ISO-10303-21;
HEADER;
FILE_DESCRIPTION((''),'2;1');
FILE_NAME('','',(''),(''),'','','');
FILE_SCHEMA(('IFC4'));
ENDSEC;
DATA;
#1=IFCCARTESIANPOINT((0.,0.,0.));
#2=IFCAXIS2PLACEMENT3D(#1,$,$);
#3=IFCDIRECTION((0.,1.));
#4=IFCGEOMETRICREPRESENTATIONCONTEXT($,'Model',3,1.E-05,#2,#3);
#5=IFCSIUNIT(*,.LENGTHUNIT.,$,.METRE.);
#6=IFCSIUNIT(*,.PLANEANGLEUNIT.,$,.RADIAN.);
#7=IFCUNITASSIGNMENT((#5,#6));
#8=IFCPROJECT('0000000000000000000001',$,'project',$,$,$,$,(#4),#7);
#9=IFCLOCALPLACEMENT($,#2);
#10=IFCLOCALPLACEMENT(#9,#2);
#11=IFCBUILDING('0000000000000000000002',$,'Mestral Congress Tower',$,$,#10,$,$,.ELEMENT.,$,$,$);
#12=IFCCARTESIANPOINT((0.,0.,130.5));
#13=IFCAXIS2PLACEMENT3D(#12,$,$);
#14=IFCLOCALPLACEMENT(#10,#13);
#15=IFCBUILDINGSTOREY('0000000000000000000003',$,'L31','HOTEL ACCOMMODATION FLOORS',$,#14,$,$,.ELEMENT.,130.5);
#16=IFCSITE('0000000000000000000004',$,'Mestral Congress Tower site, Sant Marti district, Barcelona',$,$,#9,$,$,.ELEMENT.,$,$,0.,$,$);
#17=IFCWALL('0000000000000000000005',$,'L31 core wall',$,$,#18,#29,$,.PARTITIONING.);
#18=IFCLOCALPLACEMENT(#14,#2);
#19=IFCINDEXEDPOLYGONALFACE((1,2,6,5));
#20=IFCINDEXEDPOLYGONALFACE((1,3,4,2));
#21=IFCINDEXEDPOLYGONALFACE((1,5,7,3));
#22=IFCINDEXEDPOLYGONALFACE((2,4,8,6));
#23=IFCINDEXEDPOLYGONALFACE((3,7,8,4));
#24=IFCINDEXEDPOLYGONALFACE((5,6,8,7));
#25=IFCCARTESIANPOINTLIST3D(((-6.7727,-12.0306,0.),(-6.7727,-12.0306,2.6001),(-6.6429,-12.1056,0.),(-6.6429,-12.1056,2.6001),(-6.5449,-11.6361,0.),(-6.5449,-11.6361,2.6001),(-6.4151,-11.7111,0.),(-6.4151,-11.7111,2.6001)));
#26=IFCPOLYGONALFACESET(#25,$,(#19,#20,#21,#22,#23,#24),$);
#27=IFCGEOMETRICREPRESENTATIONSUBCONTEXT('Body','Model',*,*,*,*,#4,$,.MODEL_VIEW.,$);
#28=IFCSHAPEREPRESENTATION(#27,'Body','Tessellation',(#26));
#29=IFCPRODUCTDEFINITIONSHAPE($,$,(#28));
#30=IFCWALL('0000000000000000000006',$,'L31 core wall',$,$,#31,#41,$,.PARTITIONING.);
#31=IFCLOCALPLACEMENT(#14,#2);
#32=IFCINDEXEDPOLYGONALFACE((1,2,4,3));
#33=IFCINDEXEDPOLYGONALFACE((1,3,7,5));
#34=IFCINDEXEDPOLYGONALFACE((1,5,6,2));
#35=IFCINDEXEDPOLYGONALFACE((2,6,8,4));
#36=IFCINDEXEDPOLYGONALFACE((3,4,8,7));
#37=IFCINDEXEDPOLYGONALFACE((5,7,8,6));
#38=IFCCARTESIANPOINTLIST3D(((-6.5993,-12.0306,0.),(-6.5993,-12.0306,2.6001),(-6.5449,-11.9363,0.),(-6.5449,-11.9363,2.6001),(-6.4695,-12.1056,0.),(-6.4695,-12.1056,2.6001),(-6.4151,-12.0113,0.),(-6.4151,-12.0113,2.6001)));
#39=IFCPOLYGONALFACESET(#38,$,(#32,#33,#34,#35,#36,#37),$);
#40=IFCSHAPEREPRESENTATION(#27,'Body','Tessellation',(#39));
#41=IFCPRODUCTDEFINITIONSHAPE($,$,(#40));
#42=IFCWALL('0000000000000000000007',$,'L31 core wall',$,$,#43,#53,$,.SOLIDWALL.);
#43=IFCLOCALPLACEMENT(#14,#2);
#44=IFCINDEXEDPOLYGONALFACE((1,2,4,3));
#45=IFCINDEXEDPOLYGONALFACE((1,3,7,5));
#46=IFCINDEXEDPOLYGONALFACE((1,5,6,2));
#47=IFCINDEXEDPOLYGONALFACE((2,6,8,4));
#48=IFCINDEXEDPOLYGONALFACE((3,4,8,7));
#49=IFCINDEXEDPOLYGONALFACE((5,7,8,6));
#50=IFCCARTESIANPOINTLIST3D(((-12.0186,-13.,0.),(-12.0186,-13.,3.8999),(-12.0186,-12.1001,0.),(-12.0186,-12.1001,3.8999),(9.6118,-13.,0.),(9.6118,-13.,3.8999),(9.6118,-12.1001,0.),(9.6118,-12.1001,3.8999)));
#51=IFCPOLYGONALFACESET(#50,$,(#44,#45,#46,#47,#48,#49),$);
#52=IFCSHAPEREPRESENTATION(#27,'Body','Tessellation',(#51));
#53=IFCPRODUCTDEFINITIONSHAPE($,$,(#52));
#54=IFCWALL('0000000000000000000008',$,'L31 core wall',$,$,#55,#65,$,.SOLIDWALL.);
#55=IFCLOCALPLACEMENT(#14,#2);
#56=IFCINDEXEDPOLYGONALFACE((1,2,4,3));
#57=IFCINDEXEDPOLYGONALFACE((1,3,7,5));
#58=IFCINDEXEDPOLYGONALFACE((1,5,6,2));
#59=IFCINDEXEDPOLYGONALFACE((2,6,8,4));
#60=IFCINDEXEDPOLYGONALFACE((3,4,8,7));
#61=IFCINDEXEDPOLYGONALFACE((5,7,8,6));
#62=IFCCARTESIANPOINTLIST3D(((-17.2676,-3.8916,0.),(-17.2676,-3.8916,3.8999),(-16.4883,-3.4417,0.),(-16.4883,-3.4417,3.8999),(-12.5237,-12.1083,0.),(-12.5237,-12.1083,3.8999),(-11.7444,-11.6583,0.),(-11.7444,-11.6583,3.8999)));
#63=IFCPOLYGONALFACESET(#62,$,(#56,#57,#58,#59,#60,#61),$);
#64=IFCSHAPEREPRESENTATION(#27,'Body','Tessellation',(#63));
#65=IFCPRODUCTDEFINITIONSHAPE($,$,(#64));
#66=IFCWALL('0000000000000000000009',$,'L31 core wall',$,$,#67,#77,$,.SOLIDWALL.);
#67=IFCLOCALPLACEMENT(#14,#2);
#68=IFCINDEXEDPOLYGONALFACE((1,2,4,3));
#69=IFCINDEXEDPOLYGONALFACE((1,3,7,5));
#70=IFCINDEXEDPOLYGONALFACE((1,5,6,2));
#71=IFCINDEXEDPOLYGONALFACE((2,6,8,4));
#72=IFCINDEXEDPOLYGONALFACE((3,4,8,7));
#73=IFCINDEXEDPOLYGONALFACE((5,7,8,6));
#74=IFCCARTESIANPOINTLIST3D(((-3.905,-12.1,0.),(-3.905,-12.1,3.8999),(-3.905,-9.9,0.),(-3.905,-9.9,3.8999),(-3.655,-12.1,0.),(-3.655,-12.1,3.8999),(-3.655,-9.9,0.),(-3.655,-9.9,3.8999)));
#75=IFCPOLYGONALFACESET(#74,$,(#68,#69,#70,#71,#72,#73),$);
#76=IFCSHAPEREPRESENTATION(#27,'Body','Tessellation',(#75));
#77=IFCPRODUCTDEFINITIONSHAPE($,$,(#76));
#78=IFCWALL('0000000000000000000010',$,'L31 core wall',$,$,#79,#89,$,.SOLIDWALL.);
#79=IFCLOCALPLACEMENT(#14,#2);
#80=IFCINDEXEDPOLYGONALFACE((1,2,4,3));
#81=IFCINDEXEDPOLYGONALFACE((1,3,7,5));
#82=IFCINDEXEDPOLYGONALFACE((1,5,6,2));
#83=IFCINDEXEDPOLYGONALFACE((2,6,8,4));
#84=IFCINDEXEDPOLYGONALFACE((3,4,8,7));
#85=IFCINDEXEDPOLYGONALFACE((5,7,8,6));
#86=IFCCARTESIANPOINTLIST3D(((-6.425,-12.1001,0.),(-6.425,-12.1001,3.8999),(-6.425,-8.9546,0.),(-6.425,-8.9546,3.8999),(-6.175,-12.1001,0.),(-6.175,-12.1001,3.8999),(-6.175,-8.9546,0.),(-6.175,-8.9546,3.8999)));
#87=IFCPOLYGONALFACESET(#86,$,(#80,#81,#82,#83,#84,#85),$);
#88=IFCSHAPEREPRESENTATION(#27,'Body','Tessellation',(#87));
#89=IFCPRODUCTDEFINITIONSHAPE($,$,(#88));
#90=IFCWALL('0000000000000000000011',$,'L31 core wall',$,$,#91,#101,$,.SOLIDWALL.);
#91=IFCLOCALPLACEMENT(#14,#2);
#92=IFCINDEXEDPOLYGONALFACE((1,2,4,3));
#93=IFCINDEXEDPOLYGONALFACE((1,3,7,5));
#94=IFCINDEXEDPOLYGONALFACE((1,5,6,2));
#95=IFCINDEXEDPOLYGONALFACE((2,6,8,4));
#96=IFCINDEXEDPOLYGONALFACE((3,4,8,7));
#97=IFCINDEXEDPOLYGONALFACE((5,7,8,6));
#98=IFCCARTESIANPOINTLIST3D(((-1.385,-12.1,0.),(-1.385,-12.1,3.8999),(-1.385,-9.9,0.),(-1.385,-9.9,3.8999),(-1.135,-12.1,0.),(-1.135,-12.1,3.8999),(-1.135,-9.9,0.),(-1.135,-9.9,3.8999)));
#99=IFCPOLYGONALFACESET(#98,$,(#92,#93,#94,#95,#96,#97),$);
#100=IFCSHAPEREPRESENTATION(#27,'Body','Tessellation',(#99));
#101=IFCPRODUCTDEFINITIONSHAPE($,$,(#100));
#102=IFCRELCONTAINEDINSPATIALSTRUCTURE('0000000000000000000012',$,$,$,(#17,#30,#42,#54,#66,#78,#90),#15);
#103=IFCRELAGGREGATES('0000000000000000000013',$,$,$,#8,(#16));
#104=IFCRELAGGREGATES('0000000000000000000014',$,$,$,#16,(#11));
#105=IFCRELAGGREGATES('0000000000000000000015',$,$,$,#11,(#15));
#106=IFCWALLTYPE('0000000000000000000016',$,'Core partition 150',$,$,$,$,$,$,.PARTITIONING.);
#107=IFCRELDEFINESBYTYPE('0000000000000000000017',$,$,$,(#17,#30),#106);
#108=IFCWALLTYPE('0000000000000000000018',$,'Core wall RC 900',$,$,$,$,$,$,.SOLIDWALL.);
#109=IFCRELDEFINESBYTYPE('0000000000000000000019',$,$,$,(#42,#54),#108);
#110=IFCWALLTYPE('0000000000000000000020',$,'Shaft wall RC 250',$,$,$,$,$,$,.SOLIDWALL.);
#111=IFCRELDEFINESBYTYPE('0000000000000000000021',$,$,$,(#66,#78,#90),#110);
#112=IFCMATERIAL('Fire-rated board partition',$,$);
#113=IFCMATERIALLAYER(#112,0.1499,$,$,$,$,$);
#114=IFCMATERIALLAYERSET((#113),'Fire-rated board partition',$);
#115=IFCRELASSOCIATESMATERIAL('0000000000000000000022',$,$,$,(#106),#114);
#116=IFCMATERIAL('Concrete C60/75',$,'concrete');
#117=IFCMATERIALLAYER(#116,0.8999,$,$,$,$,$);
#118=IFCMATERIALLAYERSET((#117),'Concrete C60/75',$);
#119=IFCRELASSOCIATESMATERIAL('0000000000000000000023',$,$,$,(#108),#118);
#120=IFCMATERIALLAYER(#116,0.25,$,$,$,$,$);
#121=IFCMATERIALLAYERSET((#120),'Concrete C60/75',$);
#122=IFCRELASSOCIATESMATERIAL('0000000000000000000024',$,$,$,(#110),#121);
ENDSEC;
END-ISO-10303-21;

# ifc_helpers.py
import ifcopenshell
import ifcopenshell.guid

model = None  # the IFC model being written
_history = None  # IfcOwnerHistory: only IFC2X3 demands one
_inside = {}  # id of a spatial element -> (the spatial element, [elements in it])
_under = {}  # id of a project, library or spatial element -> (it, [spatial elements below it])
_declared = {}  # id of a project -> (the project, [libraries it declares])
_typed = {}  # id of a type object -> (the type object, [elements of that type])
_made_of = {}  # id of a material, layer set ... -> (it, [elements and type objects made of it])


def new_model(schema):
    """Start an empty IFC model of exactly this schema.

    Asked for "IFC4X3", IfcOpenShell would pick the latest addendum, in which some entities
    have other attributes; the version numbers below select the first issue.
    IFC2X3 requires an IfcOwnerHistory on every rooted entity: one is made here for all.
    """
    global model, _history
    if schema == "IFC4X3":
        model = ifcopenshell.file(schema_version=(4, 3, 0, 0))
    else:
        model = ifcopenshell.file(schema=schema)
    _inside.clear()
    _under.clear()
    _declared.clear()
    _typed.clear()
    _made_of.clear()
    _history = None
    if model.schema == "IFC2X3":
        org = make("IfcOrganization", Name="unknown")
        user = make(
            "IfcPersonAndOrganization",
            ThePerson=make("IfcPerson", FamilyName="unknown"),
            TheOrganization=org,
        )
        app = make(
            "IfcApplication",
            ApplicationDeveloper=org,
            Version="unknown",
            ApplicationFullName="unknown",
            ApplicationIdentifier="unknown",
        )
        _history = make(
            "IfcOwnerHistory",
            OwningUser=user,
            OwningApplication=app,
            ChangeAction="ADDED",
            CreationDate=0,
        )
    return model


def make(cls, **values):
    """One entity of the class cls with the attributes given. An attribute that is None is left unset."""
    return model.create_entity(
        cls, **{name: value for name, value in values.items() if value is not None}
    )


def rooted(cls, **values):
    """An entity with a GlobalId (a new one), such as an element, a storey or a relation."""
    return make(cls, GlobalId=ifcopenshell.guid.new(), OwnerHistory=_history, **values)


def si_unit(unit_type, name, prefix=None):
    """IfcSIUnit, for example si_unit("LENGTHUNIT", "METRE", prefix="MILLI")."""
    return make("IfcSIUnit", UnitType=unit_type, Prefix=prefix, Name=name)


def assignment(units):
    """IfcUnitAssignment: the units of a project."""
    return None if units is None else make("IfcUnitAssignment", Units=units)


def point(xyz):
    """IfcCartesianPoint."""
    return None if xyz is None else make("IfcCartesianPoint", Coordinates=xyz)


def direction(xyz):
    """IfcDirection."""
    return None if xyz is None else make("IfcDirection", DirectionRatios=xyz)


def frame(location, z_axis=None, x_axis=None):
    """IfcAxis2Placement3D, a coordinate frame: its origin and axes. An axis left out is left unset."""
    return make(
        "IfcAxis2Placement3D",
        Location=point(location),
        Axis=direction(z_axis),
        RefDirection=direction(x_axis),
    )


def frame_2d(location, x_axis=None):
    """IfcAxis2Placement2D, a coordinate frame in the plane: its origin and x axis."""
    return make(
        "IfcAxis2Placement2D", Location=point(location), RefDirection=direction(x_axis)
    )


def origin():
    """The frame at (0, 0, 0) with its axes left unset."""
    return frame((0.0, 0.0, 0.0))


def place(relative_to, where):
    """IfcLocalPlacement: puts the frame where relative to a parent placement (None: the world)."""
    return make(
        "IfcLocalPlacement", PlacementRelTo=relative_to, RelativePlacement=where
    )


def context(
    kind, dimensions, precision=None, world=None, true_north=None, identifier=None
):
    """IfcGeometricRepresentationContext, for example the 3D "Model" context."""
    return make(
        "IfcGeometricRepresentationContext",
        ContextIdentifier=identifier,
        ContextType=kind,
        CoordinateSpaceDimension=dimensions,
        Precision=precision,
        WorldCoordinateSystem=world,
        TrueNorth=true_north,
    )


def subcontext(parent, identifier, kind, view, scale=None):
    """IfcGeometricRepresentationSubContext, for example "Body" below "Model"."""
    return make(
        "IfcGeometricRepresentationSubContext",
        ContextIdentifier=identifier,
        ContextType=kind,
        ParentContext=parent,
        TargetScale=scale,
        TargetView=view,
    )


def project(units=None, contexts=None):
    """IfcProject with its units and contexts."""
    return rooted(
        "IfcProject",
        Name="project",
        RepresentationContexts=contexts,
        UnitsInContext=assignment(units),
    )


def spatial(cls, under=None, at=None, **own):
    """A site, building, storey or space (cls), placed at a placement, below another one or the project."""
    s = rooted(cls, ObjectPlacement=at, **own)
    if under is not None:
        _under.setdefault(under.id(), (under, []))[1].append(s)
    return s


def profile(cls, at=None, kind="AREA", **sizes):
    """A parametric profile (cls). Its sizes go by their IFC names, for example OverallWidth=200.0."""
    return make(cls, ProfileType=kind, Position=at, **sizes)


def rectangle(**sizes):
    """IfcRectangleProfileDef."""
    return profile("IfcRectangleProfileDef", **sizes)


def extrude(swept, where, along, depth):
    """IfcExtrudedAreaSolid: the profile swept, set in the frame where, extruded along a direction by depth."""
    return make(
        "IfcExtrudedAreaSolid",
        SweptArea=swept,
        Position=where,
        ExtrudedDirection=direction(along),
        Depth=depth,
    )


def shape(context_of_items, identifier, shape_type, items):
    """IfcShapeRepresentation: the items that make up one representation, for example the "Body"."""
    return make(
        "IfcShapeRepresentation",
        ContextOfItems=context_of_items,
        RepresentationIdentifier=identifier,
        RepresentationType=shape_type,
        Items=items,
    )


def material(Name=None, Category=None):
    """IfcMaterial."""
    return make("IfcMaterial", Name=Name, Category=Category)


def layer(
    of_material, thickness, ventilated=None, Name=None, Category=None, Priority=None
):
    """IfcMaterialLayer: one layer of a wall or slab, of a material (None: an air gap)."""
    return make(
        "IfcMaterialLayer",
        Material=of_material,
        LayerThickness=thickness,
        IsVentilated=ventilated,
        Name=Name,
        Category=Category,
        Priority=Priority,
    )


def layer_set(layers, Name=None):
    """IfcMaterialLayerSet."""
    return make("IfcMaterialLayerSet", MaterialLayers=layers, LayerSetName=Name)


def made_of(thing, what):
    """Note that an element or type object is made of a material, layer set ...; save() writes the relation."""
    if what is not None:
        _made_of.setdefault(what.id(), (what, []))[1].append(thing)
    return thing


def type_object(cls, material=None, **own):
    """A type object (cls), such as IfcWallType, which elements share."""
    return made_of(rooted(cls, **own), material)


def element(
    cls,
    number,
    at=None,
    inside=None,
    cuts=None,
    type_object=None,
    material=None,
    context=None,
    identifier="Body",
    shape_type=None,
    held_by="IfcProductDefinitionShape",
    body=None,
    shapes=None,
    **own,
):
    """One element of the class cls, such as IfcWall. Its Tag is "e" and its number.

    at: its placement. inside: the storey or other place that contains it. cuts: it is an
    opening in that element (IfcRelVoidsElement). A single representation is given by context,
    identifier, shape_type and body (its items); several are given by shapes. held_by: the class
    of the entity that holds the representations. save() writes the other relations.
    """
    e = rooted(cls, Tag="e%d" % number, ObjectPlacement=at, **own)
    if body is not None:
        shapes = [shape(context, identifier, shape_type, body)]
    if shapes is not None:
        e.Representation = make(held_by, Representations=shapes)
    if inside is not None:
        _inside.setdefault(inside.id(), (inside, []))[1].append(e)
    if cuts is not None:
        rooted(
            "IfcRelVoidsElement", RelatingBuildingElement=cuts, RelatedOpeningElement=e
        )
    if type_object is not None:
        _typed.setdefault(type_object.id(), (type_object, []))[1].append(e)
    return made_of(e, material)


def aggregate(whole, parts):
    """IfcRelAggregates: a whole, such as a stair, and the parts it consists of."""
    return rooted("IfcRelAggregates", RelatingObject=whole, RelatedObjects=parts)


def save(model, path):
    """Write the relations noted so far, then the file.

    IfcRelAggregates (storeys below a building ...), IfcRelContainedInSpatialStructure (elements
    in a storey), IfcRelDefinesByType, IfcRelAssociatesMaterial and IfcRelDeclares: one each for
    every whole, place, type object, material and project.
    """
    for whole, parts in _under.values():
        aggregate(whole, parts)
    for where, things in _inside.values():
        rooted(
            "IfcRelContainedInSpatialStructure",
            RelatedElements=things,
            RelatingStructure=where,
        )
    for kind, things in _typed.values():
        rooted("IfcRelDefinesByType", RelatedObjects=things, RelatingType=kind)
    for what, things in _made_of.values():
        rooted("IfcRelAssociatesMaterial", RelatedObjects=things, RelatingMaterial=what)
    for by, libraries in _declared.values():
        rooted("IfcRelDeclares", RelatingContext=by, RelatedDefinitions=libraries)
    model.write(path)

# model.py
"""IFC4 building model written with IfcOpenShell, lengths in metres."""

from ifc_helpers import new_model, si_unit, direction, frame, frame_2d, origin, place, context, subcontext, project, spatial, rectangle, extrude, material, layer, layer_set, type_object, element, save


model = new_model("IFC4")

# Units and contexts
model_context = context("Model", 3, precision=1e-05, world=origin(), true_north=direction((0.0, 1.0)))
body_context = subcontext(model_context, "Body", "Model", "MODEL_VIEW")
ifc_project = project(units=[si_unit("LENGTHUNIT", "METRE"), si_unit("PLANEANGLEUNIT", "RADIAN")], contexts=[model_context])

# Site, building, storey
site_placement = place(None, origin())
site = spatial("IfcSite", under=ifc_project, at=site_placement, Name="Mestral Congress Tower site, Sant Marti district, Barcelona", CompositionType="ELEMENT", RefElevation=0.0)
building_placement = place(site_placement, origin())
building = spatial("IfcBuilding", under=site, at=building_placement, Name="Mestral Congress Tower", CompositionType="ELEMENT")
storey_placement = place(building_placement, frame((0.0, 0.0, 130.5)))
storey = spatial("IfcBuildingStorey", under=building, at=storey_placement, Name="L31", Description="HOTEL ACCOMMODATION FLOORS", CompositionType="ELEMENT", Elevation=130.5)

# Walls
ifc_material_1 = material(Name="Fire-rated board partition")
ifc_layer_1 = layer(ifc_material_1, 0.1499)
ifc_layer_set_1 = layer_set([ifc_layer_1], Name="Fire-rated board partition")
wall_type_1 = type_object("IfcWallType", Name="Core partition 150", PredefinedType="PARTITIONING", material=ifc_layer_set_1)
wall_1_placement = place(storey_placement, frame((-6.7078, -12.0681, 0.0), z_axis=(0.0, 0.0, 1.0), x_axis=(0.500001, 0.866025, 0.0)))
element("IfcWall", 1, at=wall_1_placement, inside=storey, type_object=wall_type_1, Name="L31 core wall", PredefinedType="PARTITIONING", context=body_context, shape_type="SweptSolid", body=[
    extrude(rectangle(XDim=0.4556, YDim=0.1499, at=frame_2d((0.2278, 0.0))), origin(), (0.0, 0.0, 1.0), 2.6001),
])
wall_2_placement = place(storey_placement, frame((-6.5344, -12.0681, 0.0), z_axis=(0.0, 0.0, 1.0), x_axis=(0.50024, 0.865887, 0.0)))
element("IfcWall", 2, at=wall_2_placement, inside=storey, type_object=wall_type_1, Name="L31 core wall", PredefinedType="PARTITIONING", context=body_context, shape_type="SweptSolid", body=[
    extrude(rectangle(XDim=0.1089, YDim=0.1499, at=frame_2d((0.0544, 0.0))), origin(), (0.0, 0.0, 1.0), 2.6001),
])
ifc_material_2 = material(Name="Concrete C60/75", Category="concrete")
ifc_layer_2 = layer(ifc_material_2, 0.8999)
ifc_layer_set_2 = layer_set([ifc_layer_2], Name="Concrete C60/75")
wall_type_2 = type_object("IfcWallType", Name="Core wall RC 900", PredefinedType="SOLIDWALL", material=ifc_layer_set_2)
wall_3_placement = place(storey_placement, frame((-12.0186, -12.55, 0.0), z_axis=(0.0, 0.0, 1.0), x_axis=(1.0, 0.0, 0.0)))
element("IfcWall", 3, at=wall_3_placement, inside=storey, type_object=wall_type_2, Name="L31 core wall", PredefinedType="SOLIDWALL", context=body_context, shape_type="SweptSolid", body=[
    extrude(rectangle(XDim=21.6304, YDim=0.8999, at=frame_2d((10.8152, 0.0))), origin(), (0.0, 0.0, 1.0), 3.8999),
])
wall_4_placement = place(storey_placement, frame((-12.134, -11.8833, 0.0), z_axis=(0.0, 0.0, 1.0), x_axis=(-0.500005, 0.866022, 0.0)))
element("IfcWall", 4, at=wall_4_placement, inside=storey, type_object=wall_type_2, Name="L31 core wall", PredefinedType="SOLIDWALL", context=body_context, shape_type="SweptSolid", body=[
    extrude(rectangle(XDim=9.4878, YDim=0.8999, at=frame_2d((4.7439, 0.0))), origin(), (0.0, 0.0, 1.0), 3.8999),
])
ifc_layer_3 = layer(ifc_material_2, 0.25)
ifc_layer_set_3 = layer_set([ifc_layer_3], Name="Concrete C60/75")
wall_type_3 = type_object("IfcWallType", Name="Shaft wall RC 250", PredefinedType="SOLIDWALL", material=ifc_layer_set_3)
wall_5_placement = place(storey_placement, frame((-3.78, -12.1001, 0.0), z_axis=(0.0, 0.0, 1.0), x_axis=(0.0, 1.0, 0.0)))
element("IfcWall", 5, at=wall_5_placement, inside=storey, type_object=wall_type_3, Name="L31 core wall", PredefinedType="SOLIDWALL", context=body_context, shape_type="SweptSolid", body=[
    extrude(rectangle(XDim=2.2, YDim=0.25, at=frame_2d((1.1001, 0.0))), origin(), (0.0, 0.0, 1.0), 3.8999),
])
wall_6_placement = place(storey_placement, frame((-6.3, -12.1001, 0.0), z_axis=(0.0, 0.0, 1.0), x_axis=(0.0, 1.0, 0.0)))
element("IfcWall", 6, at=wall_6_placement, inside=storey, type_object=wall_type_3, Name="L31 core wall", PredefinedType="SOLIDWALL", context=body_context, shape_type="SweptSolid", body=[
    extrude(rectangle(XDim=3.1455, YDim=0.25, at=frame_2d((1.5728, 0.0))), origin(), (0.0, 0.0, 1.0), 3.8999),
])
wall_7_placement = place(storey_placement, frame((-1.26, -12.1001, 0.0), z_axis=(0.0, 0.0, 1.0), x_axis=(0.0, 1.0, 0.0)))
element("IfcWall", 7, at=wall_7_placement, inside=storey, type_object=wall_type_3, Name="L31 core wall", PredefinedType="SOLIDWALL", context=body_context, shape_type="SweptSolid", body=[
    extrude(rectangle(XDim=2.2, YDim=0.25, at=frame_2d((1.1001, 0.0))), origin(), (0.0, 0.0, 1.0), 3.8999),
])

save(model, "model.ifc")
